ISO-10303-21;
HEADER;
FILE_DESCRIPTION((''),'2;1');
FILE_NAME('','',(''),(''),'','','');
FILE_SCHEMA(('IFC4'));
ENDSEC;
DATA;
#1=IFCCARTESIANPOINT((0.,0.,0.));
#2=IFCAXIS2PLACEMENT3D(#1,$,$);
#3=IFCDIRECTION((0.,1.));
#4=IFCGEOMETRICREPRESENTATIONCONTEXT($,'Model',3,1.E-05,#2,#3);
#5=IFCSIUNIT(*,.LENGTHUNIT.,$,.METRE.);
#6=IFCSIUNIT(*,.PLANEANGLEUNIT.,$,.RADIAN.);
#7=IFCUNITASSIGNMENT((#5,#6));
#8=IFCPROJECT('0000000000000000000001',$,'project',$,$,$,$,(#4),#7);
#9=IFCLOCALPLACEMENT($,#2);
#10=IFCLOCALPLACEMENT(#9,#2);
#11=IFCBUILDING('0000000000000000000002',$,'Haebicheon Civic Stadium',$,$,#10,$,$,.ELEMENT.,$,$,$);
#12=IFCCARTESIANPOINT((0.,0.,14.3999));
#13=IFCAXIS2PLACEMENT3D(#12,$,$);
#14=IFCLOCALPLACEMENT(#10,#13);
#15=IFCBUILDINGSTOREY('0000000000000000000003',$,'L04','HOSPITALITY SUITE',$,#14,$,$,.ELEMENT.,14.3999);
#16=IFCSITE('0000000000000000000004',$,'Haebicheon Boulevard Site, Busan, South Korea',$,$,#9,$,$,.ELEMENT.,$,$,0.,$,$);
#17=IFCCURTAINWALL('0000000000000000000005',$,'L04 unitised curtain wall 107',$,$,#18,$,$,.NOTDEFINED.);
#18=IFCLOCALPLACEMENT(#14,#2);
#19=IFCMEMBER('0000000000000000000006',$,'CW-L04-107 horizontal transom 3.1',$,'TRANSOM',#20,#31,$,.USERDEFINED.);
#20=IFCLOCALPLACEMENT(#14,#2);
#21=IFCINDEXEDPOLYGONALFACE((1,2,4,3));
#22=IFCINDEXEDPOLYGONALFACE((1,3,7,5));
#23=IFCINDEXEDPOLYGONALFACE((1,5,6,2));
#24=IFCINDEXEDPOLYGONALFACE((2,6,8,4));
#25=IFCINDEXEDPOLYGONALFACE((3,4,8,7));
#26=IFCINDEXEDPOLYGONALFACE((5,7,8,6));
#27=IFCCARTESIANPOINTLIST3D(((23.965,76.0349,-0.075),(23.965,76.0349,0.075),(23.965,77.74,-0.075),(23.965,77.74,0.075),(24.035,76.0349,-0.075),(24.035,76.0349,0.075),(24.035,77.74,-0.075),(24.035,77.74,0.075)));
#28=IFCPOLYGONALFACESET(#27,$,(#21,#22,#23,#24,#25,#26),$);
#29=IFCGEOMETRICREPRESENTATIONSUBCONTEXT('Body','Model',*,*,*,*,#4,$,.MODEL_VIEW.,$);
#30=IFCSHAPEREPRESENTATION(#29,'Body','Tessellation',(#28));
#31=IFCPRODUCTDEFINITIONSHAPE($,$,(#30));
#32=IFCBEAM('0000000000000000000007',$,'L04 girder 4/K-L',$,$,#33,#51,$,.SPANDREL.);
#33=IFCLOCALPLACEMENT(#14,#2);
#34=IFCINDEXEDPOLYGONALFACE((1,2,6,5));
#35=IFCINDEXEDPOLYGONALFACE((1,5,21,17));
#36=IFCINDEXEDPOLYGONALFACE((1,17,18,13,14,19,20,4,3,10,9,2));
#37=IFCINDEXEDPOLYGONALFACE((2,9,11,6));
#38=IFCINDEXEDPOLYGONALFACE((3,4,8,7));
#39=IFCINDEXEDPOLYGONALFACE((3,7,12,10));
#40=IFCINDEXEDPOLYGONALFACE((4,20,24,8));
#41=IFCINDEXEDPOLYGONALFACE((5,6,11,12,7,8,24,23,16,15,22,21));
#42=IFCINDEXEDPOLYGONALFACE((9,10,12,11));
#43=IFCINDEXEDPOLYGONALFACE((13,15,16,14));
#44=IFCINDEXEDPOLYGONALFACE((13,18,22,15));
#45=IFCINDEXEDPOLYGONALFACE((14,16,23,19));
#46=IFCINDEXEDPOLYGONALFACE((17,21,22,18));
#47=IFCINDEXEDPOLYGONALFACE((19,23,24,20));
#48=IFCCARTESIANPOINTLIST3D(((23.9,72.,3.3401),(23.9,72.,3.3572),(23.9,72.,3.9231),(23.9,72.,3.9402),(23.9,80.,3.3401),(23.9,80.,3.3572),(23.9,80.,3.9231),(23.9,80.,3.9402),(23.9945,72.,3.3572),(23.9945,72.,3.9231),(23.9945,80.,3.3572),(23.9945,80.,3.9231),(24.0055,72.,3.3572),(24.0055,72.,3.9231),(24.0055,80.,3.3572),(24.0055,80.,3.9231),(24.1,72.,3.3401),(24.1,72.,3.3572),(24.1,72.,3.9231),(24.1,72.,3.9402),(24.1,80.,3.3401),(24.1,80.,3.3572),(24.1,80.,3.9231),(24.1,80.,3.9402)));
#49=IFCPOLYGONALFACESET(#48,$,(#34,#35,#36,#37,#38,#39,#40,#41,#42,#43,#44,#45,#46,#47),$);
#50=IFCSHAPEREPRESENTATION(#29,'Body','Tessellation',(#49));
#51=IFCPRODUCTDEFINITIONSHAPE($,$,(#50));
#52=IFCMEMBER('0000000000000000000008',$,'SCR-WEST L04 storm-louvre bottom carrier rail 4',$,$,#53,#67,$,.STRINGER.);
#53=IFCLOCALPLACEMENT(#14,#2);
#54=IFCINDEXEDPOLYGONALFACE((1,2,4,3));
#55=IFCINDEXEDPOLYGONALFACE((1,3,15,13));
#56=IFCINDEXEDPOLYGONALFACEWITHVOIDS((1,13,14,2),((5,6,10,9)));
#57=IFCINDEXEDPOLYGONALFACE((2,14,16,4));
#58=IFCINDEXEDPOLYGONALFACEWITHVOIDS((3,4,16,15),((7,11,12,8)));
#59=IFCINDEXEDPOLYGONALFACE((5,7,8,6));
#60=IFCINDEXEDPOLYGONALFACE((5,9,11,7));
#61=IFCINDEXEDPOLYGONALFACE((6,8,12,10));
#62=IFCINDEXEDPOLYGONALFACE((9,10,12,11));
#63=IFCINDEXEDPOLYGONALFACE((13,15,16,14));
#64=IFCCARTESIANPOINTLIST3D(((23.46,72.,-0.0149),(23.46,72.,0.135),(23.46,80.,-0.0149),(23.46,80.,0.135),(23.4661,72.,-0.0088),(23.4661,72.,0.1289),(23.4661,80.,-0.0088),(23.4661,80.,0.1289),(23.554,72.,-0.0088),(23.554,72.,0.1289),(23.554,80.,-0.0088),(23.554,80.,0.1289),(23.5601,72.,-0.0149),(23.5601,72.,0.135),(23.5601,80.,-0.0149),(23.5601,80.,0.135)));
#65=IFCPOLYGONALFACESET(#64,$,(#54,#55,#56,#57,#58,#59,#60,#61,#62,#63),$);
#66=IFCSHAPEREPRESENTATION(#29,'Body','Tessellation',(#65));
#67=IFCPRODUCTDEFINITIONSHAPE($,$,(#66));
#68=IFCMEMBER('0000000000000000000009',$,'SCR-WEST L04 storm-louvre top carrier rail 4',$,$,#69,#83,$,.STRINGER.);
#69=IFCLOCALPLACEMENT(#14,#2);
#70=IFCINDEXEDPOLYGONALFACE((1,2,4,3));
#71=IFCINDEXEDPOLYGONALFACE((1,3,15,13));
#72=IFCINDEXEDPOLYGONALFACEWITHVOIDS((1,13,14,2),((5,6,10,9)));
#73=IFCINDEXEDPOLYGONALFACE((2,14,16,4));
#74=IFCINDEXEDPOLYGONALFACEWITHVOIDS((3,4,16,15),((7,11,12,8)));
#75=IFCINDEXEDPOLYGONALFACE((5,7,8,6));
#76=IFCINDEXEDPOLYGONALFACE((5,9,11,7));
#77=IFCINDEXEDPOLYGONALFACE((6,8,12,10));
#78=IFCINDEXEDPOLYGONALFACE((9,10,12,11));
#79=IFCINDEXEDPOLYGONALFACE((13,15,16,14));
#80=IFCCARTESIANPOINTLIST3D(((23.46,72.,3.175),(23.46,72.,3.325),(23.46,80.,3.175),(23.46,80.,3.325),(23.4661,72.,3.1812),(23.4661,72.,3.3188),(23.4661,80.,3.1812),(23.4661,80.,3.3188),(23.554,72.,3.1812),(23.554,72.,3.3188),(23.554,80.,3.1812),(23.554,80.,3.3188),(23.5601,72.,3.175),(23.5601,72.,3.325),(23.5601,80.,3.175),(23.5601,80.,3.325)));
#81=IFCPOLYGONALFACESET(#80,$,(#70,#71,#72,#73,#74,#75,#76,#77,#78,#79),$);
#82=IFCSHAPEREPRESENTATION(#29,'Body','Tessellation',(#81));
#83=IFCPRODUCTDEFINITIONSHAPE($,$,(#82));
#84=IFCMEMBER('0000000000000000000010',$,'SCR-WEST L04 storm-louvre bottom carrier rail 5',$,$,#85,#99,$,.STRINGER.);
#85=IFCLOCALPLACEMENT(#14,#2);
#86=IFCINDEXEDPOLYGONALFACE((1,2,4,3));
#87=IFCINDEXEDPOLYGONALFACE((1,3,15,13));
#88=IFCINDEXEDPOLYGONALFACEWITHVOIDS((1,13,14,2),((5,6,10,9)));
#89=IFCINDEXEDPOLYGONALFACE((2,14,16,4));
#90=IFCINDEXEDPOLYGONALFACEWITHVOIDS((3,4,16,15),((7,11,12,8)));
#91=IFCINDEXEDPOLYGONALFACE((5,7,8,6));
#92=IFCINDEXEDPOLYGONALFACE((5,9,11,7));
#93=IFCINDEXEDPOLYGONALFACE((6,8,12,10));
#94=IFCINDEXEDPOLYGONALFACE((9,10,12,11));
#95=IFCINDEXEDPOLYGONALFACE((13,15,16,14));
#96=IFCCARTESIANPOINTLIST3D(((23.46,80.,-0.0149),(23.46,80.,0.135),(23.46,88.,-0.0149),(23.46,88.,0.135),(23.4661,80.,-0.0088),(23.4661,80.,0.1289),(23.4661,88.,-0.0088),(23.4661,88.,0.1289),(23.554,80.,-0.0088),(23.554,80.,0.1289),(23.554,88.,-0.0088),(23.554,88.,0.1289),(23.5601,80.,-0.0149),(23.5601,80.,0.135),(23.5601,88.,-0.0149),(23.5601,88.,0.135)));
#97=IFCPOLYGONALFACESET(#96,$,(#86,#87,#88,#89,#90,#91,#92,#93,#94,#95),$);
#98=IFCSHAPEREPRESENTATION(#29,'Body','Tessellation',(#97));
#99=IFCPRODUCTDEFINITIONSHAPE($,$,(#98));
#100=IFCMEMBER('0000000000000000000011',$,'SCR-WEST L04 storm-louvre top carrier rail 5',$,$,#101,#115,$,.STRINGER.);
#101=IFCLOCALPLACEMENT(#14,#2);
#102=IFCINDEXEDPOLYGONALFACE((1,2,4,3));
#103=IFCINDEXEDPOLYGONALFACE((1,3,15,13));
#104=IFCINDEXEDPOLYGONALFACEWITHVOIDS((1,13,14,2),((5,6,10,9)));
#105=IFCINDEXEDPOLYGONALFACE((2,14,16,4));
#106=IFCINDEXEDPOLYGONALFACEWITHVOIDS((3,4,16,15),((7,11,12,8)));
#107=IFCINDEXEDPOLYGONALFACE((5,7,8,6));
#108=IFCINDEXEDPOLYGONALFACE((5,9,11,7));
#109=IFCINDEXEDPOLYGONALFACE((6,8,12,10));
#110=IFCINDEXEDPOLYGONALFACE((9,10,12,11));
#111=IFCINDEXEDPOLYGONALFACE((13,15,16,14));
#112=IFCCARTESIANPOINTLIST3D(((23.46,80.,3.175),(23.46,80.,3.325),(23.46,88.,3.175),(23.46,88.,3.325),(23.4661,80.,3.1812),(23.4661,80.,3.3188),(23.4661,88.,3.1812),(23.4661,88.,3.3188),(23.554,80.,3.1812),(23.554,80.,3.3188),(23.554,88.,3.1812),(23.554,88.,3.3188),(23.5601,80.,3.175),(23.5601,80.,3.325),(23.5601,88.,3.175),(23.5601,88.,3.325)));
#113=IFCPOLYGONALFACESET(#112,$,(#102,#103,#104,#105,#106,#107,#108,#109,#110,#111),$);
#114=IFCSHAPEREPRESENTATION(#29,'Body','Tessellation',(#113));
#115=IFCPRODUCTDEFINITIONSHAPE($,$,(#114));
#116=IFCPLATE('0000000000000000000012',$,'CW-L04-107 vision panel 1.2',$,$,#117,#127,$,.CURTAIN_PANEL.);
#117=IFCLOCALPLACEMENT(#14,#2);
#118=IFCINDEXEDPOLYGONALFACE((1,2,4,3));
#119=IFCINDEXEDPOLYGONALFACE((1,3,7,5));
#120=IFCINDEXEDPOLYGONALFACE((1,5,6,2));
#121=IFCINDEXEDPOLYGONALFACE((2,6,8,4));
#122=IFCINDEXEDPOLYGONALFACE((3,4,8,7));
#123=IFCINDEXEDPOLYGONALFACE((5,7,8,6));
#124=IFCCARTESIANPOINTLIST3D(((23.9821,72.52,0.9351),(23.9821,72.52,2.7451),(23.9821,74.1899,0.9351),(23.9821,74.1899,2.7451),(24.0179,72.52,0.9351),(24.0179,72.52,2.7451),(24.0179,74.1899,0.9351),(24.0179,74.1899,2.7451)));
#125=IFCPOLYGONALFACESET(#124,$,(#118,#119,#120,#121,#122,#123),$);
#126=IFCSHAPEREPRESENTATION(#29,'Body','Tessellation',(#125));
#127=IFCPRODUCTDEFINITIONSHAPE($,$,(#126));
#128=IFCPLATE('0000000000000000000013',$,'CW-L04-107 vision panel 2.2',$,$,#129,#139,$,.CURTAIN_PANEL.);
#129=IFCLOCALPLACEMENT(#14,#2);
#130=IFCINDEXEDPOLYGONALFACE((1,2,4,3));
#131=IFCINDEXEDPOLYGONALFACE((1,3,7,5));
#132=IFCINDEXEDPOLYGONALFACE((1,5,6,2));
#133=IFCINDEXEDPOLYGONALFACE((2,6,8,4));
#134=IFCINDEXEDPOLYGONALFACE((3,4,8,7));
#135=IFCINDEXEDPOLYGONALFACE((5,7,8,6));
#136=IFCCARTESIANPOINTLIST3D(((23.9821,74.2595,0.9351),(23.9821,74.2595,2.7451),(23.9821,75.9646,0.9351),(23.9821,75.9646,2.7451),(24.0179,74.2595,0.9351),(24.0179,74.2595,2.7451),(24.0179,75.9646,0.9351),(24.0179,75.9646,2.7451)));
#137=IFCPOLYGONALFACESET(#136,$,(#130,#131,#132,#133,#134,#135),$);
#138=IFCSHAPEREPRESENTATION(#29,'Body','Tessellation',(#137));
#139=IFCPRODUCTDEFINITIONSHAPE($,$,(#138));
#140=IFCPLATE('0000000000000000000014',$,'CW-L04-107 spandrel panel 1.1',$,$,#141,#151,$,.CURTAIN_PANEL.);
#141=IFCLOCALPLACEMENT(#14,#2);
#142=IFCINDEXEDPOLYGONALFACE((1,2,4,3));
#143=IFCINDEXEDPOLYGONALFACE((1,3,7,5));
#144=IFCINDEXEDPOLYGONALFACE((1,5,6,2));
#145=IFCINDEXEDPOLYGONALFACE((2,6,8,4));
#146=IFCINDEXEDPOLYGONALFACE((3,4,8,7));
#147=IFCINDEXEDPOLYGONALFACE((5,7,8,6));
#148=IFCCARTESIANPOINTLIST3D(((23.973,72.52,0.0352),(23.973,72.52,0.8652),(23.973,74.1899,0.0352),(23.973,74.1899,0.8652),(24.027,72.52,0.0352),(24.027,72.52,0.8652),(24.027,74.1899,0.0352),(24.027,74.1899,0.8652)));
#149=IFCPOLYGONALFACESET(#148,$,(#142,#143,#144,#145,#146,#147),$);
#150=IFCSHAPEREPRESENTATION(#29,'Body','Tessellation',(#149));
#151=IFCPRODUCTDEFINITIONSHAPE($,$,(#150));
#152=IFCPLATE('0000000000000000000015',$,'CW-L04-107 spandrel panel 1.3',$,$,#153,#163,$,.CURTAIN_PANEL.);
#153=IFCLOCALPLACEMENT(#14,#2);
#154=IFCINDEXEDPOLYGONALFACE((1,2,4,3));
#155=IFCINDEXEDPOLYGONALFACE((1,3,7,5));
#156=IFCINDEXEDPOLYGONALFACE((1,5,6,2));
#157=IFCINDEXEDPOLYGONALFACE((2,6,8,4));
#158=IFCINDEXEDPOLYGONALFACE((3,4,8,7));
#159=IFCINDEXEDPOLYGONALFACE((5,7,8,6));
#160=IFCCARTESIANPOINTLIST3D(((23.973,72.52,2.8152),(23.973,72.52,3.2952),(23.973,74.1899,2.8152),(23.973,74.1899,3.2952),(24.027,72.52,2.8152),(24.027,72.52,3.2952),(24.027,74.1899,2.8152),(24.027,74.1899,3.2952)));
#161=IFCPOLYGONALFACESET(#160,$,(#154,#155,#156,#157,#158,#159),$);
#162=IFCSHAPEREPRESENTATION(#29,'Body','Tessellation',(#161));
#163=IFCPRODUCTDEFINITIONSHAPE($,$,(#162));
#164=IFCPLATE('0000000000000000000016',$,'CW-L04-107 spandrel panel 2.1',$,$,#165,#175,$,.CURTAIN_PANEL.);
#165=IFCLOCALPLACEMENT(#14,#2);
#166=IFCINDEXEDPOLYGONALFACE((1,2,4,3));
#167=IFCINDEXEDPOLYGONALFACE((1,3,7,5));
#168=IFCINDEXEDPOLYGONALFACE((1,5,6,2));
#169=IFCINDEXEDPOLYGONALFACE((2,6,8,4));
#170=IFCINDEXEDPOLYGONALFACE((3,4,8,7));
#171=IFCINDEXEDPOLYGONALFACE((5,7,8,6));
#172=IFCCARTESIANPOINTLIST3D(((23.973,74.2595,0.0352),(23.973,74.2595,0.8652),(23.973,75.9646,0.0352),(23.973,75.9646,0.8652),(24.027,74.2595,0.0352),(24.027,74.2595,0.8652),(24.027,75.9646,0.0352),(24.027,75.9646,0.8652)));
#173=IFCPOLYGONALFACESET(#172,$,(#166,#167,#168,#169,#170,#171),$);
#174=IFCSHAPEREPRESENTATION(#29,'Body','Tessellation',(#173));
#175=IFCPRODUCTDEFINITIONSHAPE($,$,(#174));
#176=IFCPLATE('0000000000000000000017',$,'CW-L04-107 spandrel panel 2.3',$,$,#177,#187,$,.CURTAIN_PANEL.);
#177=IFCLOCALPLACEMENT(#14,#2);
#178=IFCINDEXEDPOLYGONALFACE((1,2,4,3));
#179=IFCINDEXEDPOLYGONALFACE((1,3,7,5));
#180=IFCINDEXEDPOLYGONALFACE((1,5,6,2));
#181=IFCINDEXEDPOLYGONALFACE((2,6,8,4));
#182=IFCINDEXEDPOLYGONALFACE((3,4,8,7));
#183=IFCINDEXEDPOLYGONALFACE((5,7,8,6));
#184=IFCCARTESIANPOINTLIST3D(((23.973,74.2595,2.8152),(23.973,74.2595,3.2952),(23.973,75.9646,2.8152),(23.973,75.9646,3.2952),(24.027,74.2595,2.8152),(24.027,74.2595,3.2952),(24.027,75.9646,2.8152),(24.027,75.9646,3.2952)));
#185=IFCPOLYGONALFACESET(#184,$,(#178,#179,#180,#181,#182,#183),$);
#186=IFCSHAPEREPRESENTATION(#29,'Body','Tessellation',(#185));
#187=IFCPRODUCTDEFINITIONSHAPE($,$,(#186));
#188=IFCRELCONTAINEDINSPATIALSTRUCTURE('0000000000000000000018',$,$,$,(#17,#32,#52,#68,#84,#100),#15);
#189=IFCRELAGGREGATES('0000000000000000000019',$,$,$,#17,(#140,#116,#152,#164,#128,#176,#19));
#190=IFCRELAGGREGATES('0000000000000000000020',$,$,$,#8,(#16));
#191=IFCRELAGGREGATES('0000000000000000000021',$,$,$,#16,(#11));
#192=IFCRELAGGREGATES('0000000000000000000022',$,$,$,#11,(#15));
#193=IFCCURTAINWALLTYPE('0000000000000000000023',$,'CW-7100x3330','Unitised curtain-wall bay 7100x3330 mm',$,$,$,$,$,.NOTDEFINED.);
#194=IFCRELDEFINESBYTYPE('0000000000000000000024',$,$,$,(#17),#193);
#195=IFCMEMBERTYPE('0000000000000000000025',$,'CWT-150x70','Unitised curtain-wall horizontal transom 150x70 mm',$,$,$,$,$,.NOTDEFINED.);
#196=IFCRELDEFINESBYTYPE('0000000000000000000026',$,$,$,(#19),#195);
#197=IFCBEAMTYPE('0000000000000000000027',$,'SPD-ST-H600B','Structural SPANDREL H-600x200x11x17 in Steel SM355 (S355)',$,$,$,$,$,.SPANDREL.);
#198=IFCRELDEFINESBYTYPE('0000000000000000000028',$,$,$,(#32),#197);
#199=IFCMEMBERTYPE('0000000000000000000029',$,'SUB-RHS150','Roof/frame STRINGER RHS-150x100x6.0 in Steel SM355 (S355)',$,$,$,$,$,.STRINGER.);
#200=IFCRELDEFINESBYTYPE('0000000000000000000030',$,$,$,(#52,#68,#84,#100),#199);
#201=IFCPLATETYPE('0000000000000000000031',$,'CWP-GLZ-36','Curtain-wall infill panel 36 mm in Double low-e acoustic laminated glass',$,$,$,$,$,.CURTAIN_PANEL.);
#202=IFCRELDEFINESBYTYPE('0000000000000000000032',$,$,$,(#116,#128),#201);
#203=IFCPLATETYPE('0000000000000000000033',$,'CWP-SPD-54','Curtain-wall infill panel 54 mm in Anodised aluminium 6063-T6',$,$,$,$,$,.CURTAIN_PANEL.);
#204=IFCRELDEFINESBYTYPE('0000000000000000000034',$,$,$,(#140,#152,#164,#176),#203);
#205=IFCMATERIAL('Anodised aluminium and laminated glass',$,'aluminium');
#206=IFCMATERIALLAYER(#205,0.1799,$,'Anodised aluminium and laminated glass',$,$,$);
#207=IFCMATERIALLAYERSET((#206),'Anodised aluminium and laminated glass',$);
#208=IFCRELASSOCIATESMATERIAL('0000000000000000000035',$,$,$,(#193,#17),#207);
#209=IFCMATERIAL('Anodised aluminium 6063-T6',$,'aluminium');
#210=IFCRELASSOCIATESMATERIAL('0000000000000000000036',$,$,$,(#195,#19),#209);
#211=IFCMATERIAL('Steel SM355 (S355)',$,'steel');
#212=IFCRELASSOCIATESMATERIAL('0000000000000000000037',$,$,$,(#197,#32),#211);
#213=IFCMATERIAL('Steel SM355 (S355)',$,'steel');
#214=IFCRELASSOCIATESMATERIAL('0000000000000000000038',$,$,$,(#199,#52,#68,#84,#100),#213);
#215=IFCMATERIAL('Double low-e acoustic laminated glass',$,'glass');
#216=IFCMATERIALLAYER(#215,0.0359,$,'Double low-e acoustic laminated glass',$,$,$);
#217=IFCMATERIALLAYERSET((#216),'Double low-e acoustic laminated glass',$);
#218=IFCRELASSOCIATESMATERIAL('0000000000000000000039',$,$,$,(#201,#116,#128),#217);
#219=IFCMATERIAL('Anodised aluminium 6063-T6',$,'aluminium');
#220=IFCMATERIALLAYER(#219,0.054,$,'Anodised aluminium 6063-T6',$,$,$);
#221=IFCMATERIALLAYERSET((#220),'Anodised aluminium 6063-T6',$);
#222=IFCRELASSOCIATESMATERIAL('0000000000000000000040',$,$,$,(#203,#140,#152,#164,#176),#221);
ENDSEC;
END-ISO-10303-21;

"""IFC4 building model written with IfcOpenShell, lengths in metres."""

from ifc_helpers import new_model, si_unit, direction, frame, origin, origin_2d, place, context, subcontext, project, spatial, rectangle, hollow_rectangle, i_section, extrude, material, layer, layer_set, material_profile, profile_set, type_object, element, aggregate, save


model = new_model("IFC4")

# Units and contexts
model_context = context("Model", 3, precision=1e-05, world=origin(), true_north=direction((0.0, 1.0)))
body_context = subcontext(model_context, "Body", "Model", "MODEL_VIEW")
ifc_project = project(units=[si_unit("LENGTHUNIT", "METRE"), si_unit("PLANEANGLEUNIT", "RADIAN")], contexts=[model_context])

# Site, building, storey
site_placement = place(None, origin())
site = spatial("IfcSite", under=ifc_project, at=site_placement, Name="Haebicheon Boulevard Site, Busan, South Korea", CompositionType="ELEMENT", RefElevation=0.0)
building_placement = place(site_placement, origin())
building = spatial("IfcBuilding", under=site, at=building_placement, Name="Haebicheon Civic Stadium", CompositionType="ELEMENT")
storey_placement = place(building_placement, frame((0.0, 0.0, 14.3999)))
storey = spatial("IfcBuildingStorey", under=building, at=storey_placement, Name="L04", Description="HOSPITALITY SUITE", CompositionType="ELEMENT", Elevation=14.3999)

# Curtain wall, member
ifc_material_1 = material(Name="Anodised aluminium and laminated glass", Category="aluminium")
ifc_layer_1 = layer(ifc_material_1, 0.1799, Name="Anodised aluminium and laminated glass")
ifc_layer_set_1 = layer_set([ifc_layer_1], Name="Anodised aluminium and laminated glass")
curtain_wall_type = type_object("IfcCurtainWallType", Name="CW-7100x3330", Description="Unitised curtain-wall bay 7100x3330 mm", PredefinedType="NOTDEFINED", material=ifc_layer_set_1)
curtain_wall_placement = place(storey_placement, origin())
curtain_wall = element("IfcCurtainWall", 1, at=curtain_wall_placement, inside=storey, type_object=curtain_wall_type, material=ifc_layer_set_1, Name="L04 unitised curtain wall 107", PredefinedType="NOTDEFINED")
ifc_material_2 = material(Name="Anodised aluminium 6063-T6", Category="aluminium")
ifc_material_profile_1 = material_profile(ifc_material_2, rectangle(XDim=0.0701, YDim=0.1499, at=origin_2d()), Name="ALU-TRAN-70x150")
ifc_profile_set_1 = profile_set([ifc_material_profile_1], Name="Anodised aluminium 6063-T6")
member_type_1 = type_object("IfcMemberType", Name="CWT-150x70", Description="Unitised curtain-wall horizontal transom 150x70 mm", PredefinedType="NOTDEFINED", material=ifc_profile_set_1)
member_1_placement = place(storey_placement, frame((24.0, 76.0349, 0.0), z_axis=(0.0, 1.0, 0.0), x_axis=(-1.0, 0.0, 0.0)))
member_1 = element("IfcMember", 2, at=member_1_placement, type_object=member_type_1, material=ifc_profile_set_1, Name="CW-L04-107 horizontal transom 3.1", ObjectType="TRANSOM", PredefinedType="USERDEFINED", context=body_context, shape_type="SweptSolid", body=[
    extrude(rectangle(XDim=0.0701, YDim=0.1499, at=origin_2d()), origin(), (0.0, 0.0, 1.0), 1.7051),
])

# Beam
ifc_material_3 = material(Name="Steel SM355 (S355)", Category="steel")
ifc_material_profile_2 = material_profile(ifc_material_3, i_section(OverallWidth=0.2, OverallDepth=0.6001, WebThickness=0.011, FlangeThickness=0.0171, at=origin_2d()), Name="H-600x200x11x17")
ifc_profile_set_2 = profile_set([ifc_material_profile_2], Name="Steel SM355 (S355)")
beam_type_1 = type_object("IfcBeamType", Name="SPD-ST-H600B", Description="Structural SPANDREL H-600x200x11x17 in Steel SM355 (S355)", PredefinedType="SPANDREL", material=ifc_profile_set_2)
beam_1_placement = place(storey_placement, frame((24.0, 72.0, 3.6401), z_axis=(0.0, 1.0, 0.0), x_axis=(-1.0, 0.0, 0.0)))
element("IfcBeam", 3, at=beam_1_placement, inside=storey, type_object=beam_type_1, material=ifc_profile_set_2, Name="L04 girder 4/K-L", PredefinedType="SPANDREL", context=body_context, shape_type="SweptSolid", body=[
    extrude(i_section(OverallWidth=0.2, OverallDepth=0.6001, WebThickness=0.011, FlangeThickness=0.0171, at=origin_2d()), origin(), (0.0, 0.0, 1.0), 8.0),
])

# Members
ifc_material_4 = material(Name="Steel SM355 (S355)", Category="steel")
ifc_material_profile_3 = material_profile(ifc_material_4, hollow_rectangle(XDim=0.1001, YDim=0.1499, WallThickness=0.0061, at=origin_2d()), Name="RHS-150x100x6.0")
ifc_profile_set_3 = profile_set([ifc_material_profile_3], Name="Steel SM355 (S355)")
member_type_2 = type_object("IfcMemberType", Name="SUB-RHS150", Description="Roof/frame STRINGER RHS-150x100x6.0 in Steel SM355 (S355)", PredefinedType="STRINGER", material=ifc_profile_set_3)
for number, where, z_axis, x_axis, name in (
    (4, (23.51, 72.0, 0.0601), (0.0, 1.0, 0.0), (-1.0, 0.0, 0.0), "SCR-WEST L04 storm-louvre bottom carrier rail 4"),
    (5, (23.51, 72.0, 3.25), (0.0, 1.0, 0.0), (-1.0, 0.0, 0.0), "SCR-WEST L04 storm-louvre top carrier rail 4"),
    (6, (23.51, 80.0, 0.0601), (0.0, 1.0, 0.0), (-1.0, 0.0, 0.0), "SCR-WEST L04 storm-louvre bottom carrier rail 5"),
    (7, (23.51, 80.0, 3.25), (0.0, 1.0, 0.0), (-1.0, 0.0, 0.0), "SCR-WEST L04 storm-louvre top carrier rail 5"),
):
    element("IfcMember", number, at=place(storey_placement, frame(where, z_axis=z_axis, x_axis=x_axis)), inside=storey, type_object=member_type_2, material=ifc_profile_set_3, Name=name, PredefinedType="STRINGER", context=body_context, shape_type="SweptSolid", body=[
        extrude(hollow_rectangle(XDim=0.1001, YDim=0.1499, WallThickness=0.0061, at=origin_2d()), origin(), (0.0, 0.0, 1.0), 8.0),
    ])

# Plates
ifc_material_5 = material(Name="Double low-e acoustic laminated glass", Category="glass")
ifc_layer_2 = layer(ifc_material_5, 0.0359, Name="Double low-e acoustic laminated glass")
ifc_layer_set_2 = layer_set([ifc_layer_2], Name="Double low-e acoustic laminated glass")
plate_type_1 = type_object("IfcPlateType", Name="CWP-GLZ-36", Description="Curtain-wall infill panel 36 mm in Double low-e acoustic laminated glass", PredefinedType="CURTAIN_PANEL", material=ifc_layer_set_2)
plate_1_placement = place(storey_placement, frame((24.0, 73.355, 0.9351), z_axis=(0.0, 0.0, 1.0), x_axis=(0.0, 1.0, 0.0)))
plate_1 = element("IfcPlate", 8, at=plate_1_placement, type_object=plate_type_1, material=ifc_layer_set_2, Name="CW-L04-107 vision panel 1.2", PredefinedType="CURTAIN_PANEL", context=body_context, shape_type="SweptSolid", body=[
    extrude(rectangle(XDim=1.6699, YDim=0.0359, at=origin_2d()), origin(), (0.0, 0.0, 1.0), 1.8101),
])
plate_2_placement = place(storey_placement, frame((24.0, 75.1121, 0.9351), z_axis=(0.0, 0.0, 1.0), x_axis=(0.0, 1.0, 0.0)))
plate_2 = element("IfcPlate", 9, at=plate_2_placement, type_object=plate_type_1, material=ifc_layer_set_2, Name="CW-L04-107 vision panel 2.2", PredefinedType="CURTAIN_PANEL", context=body_context, shape_type="SweptSolid", body=[
    extrude(rectangle(XDim=1.7051, YDim=0.0359, at=origin_2d()), origin(), (0.0, 0.0, 1.0), 1.8101),
])
ifc_material_6 = material(Name="Anodised aluminium 6063-T6", Category="aluminium")
ifc_layer_3 = layer(ifc_material_6, 0.054, Name="Anodised aluminium 6063-T6")
ifc_layer_set_3 = layer_set([ifc_layer_3], Name="Anodised aluminium 6063-T6")
plate_type_2 = type_object("IfcPlateType", Name="CWP-SPD-54", Description="Curtain-wall infill panel 54 mm in Anodised aluminium 6063-T6", PredefinedType="CURTAIN_PANEL", material=ifc_layer_set_3)
plate_3_placement = place(storey_placement, frame((24.0, 73.355, 0.0352), z_axis=(0.0, 0.0, 1.0), x_axis=(0.0, 1.0, 0.0)))
plate_3 = element("IfcPlate", 10, at=plate_3_placement, type_object=plate_type_2, material=ifc_layer_set_3, Name="CW-L04-107 spandrel panel 1.1", PredefinedType="CURTAIN_PANEL", context=body_context, shape_type="SweptSolid", body=[
    extrude(rectangle(XDim=1.6699, YDim=0.054, at=origin_2d()), origin(), (0.0, 0.0, 1.0), 0.8301),
])
plate_4_placement = place(storey_placement, frame((24.0, 73.355, 2.8152), z_axis=(0.0, 0.0, 1.0), x_axis=(0.0, 1.0, 0.0)))
plate_4 = element("IfcPlate", 11, at=plate_4_placement, type_object=plate_type_2, material=ifc_layer_set_3, Name="CW-L04-107 spandrel panel 1.3", PredefinedType="CURTAIN_PANEL", context=body_context, shape_type="SweptSolid", body=[
    extrude(rectangle(XDim=1.6699, YDim=0.054, at=origin_2d()), origin(), (0.0, 0.0, 1.0), 0.48),
])
plate_5_placement = place(storey_placement, frame((24.0, 75.1121, 0.0352), z_axis=(0.0, 0.0, 1.0), x_axis=(0.0, 1.0, 0.0)))
plate_5 = element("IfcPlate", 12, at=plate_5_placement, type_object=plate_type_2, material=ifc_layer_set_3, Name="CW-L04-107 spandrel panel 2.1", PredefinedType="CURTAIN_PANEL", context=body_context, shape_type="SweptSolid", body=[
    extrude(rectangle(XDim=1.7051, YDim=0.054, at=origin_2d()), origin(), (0.0, 0.0, 1.0), 0.8301),
])
plate_6_placement = place(storey_placement, frame((24.0, 75.1121, 2.8152), z_axis=(0.0, 0.0, 1.0), x_axis=(0.0, 1.0, 0.0)))
plate_6 = element("IfcPlate", 13, at=plate_6_placement, type_object=plate_type_2, material=ifc_layer_set_3, Name="CW-L04-107 spandrel panel 2.3", PredefinedType="CURTAIN_PANEL", context=body_context, shape_type="SweptSolid", body=[
    extrude(rectangle(XDim=1.7051, YDim=0.054, at=origin_2d()), origin(), (0.0, 0.0, 1.0), 0.48),
])
aggregate(curtain_wall, [plate_3, plate_1, plate_4, plate_5, plate_2, plate_6, member_1])

save(model, "model.ifc")
